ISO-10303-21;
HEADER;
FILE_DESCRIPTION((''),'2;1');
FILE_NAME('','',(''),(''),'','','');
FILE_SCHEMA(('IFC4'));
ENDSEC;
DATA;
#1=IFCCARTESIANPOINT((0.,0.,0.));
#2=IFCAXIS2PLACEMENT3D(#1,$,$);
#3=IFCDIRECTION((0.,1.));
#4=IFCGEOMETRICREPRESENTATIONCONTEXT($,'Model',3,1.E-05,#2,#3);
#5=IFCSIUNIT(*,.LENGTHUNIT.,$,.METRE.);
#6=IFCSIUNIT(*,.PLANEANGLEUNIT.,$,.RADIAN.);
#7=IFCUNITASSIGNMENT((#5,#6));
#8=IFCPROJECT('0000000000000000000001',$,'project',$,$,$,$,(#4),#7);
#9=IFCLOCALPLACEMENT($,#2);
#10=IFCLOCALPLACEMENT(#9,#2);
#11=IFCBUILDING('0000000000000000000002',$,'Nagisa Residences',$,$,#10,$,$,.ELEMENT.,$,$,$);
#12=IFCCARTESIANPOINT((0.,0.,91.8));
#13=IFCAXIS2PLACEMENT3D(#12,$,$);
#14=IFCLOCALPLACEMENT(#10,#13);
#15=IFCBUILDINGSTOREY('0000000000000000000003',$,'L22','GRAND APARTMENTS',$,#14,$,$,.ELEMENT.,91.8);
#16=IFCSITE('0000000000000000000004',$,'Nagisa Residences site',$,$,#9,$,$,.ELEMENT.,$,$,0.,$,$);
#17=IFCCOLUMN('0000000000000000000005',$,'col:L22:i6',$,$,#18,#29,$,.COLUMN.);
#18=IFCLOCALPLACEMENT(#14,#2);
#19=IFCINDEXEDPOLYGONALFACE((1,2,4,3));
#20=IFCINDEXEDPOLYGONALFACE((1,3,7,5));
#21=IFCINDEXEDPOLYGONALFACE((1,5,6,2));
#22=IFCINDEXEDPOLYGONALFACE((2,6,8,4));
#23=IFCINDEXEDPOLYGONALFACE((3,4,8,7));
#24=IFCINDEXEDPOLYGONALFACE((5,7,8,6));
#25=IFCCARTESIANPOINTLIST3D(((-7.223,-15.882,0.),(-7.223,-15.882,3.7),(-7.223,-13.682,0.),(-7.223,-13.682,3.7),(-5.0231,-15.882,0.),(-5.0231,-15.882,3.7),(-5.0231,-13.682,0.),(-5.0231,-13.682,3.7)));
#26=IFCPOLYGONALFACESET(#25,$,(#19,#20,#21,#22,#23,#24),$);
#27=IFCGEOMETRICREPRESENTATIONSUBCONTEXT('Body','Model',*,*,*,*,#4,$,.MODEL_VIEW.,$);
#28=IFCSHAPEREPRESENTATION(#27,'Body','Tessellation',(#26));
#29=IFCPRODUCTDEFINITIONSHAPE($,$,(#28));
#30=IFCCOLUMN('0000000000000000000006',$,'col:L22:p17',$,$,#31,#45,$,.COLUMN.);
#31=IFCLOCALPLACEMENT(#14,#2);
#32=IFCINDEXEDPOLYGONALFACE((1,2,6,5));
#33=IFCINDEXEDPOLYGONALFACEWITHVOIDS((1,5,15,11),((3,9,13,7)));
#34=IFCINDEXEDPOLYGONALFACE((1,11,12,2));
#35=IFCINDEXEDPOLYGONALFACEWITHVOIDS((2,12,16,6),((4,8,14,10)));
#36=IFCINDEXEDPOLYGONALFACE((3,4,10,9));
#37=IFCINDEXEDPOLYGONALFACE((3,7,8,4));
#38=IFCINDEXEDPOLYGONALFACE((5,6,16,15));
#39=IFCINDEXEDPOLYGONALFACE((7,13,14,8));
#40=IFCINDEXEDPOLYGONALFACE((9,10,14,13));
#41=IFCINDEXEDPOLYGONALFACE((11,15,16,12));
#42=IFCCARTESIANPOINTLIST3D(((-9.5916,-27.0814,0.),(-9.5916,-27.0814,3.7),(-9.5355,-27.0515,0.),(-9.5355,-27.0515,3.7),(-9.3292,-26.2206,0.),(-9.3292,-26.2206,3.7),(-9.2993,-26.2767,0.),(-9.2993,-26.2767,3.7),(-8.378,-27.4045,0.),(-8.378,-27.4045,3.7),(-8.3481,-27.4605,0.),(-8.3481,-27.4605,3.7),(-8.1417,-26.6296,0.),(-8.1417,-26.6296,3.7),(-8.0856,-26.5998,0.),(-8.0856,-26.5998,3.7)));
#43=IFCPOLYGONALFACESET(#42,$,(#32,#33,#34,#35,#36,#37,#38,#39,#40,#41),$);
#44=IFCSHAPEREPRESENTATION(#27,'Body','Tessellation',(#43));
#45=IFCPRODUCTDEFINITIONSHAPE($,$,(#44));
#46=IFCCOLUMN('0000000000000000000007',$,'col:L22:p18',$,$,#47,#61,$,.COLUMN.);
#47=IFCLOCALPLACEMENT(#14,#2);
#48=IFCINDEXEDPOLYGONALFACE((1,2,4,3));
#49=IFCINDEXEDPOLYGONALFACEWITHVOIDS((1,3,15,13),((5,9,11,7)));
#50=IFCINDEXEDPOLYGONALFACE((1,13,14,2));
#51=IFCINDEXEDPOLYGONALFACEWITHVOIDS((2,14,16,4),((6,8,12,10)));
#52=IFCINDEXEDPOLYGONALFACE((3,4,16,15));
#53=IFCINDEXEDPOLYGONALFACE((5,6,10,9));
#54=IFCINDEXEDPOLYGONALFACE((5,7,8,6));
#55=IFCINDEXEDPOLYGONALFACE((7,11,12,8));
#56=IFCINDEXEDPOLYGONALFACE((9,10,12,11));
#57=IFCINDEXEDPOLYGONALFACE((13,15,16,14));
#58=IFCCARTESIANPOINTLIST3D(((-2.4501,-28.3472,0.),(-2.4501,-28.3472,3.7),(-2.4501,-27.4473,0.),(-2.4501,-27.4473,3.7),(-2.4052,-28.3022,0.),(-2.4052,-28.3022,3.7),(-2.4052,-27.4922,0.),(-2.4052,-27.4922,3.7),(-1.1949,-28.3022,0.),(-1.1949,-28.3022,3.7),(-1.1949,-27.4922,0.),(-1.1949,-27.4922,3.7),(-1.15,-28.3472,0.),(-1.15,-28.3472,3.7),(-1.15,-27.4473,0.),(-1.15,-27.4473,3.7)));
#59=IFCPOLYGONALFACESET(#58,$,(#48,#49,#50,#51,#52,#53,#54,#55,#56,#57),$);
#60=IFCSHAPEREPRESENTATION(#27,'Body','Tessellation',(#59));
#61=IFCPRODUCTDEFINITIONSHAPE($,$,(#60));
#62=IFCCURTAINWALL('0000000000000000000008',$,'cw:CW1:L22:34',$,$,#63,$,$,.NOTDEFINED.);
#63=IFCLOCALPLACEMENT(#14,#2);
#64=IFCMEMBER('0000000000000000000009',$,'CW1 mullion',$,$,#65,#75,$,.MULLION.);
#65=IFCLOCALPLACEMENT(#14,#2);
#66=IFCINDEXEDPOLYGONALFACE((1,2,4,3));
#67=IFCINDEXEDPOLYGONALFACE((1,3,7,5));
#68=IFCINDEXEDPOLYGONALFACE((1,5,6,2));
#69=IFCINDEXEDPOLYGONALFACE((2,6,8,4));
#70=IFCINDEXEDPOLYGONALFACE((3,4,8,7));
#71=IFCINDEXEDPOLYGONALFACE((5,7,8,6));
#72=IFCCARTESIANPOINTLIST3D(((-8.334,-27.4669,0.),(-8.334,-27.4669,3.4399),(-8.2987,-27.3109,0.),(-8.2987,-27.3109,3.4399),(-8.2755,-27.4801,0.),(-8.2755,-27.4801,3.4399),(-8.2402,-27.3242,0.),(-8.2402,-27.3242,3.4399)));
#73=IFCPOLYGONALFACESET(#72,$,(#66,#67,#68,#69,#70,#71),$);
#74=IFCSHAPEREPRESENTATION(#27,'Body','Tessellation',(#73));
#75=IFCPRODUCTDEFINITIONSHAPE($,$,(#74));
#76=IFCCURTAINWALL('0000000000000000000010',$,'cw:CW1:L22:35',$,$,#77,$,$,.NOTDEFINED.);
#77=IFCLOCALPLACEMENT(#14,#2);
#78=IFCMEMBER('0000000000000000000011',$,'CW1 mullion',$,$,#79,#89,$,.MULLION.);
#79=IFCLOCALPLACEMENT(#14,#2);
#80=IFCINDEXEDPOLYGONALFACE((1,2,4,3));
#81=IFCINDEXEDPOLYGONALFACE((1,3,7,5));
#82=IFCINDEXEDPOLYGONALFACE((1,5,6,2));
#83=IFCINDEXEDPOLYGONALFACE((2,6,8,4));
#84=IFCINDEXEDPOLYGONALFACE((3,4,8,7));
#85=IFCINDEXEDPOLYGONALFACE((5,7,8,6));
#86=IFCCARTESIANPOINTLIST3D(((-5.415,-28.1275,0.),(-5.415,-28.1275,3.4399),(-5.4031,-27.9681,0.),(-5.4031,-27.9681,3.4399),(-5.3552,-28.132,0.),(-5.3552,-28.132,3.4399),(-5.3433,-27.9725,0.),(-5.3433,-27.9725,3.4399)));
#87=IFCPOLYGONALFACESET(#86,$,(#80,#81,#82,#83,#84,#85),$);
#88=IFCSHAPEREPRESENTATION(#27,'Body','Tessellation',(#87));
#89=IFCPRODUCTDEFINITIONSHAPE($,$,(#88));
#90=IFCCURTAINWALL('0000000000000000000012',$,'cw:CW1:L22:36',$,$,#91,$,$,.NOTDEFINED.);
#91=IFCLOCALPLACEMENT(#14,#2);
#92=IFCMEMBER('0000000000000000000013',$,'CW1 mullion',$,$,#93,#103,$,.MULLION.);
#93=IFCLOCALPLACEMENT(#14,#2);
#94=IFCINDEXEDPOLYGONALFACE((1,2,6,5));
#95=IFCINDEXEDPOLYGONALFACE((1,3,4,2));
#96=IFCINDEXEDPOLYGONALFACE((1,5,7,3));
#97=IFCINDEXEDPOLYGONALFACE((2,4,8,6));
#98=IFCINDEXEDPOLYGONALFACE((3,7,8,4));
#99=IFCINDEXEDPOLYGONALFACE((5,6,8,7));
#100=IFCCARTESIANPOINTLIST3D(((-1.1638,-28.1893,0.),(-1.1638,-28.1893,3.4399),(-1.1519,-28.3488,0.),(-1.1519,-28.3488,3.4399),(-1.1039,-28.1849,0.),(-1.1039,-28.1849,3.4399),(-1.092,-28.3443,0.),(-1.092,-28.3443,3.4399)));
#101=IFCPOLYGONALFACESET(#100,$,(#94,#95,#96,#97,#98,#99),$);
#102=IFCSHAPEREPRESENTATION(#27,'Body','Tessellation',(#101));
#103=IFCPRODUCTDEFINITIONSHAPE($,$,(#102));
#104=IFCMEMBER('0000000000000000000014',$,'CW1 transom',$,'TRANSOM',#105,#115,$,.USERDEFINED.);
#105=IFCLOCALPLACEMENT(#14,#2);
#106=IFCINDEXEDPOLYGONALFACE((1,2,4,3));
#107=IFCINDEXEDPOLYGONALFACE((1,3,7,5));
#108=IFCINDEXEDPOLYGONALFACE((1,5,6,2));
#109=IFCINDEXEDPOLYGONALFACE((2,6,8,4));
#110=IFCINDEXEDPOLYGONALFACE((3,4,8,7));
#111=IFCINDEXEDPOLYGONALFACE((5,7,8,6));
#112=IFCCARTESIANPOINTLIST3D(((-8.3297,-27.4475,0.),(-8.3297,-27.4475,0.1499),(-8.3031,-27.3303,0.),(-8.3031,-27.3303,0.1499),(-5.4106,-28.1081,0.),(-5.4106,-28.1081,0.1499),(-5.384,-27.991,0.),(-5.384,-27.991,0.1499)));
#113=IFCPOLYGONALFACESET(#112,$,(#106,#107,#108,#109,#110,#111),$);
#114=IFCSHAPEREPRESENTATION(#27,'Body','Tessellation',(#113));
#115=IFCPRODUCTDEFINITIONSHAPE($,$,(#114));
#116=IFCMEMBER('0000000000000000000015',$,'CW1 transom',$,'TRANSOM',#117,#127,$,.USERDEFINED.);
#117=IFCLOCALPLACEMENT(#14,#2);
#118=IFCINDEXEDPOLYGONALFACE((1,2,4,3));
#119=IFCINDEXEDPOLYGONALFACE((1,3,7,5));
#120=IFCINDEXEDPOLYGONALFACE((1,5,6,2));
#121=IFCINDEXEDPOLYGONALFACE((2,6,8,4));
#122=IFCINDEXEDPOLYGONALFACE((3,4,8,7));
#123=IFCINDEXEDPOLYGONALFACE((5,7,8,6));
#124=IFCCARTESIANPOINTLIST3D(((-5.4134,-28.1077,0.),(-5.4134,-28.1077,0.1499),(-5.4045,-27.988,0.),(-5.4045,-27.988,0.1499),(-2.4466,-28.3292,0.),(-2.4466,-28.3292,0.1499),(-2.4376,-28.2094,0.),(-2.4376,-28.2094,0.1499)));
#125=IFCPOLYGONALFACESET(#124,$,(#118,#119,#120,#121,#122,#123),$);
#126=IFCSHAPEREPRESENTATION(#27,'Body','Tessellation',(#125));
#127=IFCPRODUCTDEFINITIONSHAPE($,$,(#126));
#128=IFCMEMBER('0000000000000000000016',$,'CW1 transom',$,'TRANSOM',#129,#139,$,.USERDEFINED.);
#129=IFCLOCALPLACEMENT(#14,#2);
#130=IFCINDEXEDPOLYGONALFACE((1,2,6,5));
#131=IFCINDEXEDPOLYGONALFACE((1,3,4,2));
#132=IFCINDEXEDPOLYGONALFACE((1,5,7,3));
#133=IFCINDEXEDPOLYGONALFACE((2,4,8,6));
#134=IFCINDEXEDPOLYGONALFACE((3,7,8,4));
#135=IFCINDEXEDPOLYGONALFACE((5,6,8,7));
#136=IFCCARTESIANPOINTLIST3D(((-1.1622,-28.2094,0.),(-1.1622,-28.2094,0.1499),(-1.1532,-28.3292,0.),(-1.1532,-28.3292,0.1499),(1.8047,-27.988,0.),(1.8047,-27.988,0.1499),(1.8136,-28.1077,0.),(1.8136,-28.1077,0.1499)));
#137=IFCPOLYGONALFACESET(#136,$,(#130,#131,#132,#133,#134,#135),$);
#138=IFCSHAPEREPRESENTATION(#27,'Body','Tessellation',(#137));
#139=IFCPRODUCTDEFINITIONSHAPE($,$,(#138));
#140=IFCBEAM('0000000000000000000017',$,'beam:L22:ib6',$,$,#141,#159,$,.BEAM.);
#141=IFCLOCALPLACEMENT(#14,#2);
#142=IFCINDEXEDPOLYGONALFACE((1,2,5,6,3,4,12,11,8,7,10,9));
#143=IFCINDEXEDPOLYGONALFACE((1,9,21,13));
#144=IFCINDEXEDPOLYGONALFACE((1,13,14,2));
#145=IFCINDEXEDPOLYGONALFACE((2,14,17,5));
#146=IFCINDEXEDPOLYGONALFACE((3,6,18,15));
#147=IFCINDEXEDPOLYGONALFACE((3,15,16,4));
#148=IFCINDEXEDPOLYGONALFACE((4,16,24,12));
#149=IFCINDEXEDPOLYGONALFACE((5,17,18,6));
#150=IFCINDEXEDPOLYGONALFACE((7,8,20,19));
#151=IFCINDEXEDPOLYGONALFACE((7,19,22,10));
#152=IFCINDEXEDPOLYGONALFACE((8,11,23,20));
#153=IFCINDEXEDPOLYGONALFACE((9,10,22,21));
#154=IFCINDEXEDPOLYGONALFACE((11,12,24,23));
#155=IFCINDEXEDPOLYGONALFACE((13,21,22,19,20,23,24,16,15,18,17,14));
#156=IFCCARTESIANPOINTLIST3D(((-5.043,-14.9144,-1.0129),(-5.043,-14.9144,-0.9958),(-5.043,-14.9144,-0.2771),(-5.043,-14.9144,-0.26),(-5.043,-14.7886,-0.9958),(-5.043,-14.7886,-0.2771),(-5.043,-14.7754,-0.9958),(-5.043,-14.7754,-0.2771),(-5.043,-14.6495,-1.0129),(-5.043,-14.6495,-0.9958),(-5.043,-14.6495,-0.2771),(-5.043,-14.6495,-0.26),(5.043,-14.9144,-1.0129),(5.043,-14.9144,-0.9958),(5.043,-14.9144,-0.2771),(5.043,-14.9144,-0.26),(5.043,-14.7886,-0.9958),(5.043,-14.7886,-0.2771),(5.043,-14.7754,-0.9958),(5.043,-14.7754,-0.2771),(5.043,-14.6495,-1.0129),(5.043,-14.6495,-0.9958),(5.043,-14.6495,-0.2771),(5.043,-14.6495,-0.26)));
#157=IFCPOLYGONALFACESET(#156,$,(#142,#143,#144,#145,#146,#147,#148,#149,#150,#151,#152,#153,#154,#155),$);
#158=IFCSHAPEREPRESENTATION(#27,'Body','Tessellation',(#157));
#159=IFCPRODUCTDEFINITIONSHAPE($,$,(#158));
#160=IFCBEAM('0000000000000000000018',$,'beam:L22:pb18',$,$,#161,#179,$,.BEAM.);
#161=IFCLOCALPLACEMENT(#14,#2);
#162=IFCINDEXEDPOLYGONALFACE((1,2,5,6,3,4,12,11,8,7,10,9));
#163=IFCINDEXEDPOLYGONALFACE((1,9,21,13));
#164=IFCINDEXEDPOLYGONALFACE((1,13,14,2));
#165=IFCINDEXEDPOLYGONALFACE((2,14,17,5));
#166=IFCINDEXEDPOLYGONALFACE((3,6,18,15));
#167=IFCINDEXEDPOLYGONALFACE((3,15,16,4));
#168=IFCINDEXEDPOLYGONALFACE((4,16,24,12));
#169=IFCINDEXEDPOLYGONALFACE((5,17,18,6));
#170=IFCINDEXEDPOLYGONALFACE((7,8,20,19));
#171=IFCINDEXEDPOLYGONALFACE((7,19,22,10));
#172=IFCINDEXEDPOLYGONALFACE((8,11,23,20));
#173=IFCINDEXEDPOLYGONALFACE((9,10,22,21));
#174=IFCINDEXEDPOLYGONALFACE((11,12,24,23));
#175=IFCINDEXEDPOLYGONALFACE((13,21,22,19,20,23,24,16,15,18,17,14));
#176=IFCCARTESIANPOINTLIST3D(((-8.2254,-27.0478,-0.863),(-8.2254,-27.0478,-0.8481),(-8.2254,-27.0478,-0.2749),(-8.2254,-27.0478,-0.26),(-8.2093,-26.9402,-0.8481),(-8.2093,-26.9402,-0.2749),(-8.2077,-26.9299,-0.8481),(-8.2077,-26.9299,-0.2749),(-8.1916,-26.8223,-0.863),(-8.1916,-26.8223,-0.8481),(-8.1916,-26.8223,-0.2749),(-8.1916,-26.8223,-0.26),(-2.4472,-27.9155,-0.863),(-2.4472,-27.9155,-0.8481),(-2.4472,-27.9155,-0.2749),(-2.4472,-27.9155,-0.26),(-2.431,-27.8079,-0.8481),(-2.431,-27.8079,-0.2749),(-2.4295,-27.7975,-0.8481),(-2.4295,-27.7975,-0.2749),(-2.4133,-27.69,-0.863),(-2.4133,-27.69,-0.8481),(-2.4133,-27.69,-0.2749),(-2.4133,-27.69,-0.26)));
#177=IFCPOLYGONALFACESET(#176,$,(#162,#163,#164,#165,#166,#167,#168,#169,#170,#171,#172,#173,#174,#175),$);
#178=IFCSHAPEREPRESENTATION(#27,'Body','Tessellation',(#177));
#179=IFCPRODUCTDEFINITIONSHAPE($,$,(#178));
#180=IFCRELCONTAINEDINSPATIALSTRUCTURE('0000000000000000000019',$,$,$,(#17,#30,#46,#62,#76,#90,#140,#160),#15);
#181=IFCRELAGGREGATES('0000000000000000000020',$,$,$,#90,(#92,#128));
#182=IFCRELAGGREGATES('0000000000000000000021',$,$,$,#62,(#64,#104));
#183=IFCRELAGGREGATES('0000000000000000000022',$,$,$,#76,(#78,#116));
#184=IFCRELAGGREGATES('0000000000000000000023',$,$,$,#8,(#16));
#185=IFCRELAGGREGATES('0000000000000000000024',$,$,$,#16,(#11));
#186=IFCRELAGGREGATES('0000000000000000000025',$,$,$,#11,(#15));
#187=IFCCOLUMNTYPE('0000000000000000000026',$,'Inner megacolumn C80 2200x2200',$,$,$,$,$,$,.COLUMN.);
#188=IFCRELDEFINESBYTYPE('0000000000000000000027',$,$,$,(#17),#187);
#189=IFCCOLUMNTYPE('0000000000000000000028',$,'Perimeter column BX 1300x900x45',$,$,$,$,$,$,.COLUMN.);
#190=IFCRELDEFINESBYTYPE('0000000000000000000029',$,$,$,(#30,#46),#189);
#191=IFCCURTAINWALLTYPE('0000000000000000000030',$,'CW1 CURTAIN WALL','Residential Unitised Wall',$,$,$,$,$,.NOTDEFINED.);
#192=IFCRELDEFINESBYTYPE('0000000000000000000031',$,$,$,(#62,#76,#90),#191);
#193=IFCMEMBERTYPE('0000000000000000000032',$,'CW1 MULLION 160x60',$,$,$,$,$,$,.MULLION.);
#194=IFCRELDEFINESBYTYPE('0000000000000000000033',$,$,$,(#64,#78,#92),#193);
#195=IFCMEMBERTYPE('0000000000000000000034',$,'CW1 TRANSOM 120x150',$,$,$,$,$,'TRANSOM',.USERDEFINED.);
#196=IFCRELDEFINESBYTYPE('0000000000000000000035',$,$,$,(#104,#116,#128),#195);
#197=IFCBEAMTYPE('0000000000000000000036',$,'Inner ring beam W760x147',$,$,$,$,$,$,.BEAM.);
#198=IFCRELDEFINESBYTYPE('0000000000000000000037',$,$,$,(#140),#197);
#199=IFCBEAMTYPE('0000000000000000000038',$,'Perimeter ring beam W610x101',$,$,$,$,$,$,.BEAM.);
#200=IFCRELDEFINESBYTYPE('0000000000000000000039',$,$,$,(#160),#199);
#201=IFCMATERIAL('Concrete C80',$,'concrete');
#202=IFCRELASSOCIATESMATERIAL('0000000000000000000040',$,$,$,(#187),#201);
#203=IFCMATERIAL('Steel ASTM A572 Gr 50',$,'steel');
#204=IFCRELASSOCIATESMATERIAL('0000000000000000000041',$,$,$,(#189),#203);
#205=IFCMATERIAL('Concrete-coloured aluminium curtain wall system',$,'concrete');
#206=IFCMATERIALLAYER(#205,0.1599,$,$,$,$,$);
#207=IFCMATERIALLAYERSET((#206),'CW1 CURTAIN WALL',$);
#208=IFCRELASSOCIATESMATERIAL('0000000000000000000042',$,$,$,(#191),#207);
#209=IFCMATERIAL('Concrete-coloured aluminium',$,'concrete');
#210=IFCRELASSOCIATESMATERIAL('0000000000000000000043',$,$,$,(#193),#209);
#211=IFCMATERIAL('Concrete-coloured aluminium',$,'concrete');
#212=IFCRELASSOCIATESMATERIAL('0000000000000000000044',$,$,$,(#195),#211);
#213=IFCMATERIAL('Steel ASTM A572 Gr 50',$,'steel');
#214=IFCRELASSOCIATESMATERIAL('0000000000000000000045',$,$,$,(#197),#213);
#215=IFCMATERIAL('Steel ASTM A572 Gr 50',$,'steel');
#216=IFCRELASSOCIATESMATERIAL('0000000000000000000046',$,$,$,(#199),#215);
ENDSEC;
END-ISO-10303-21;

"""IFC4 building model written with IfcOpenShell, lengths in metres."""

from ifc_helpers import new_model, si_unit, direction, frame, origin, origin_2d, place, context, subcontext, project, spatial, rectangle, hollow_rectangle, i_section, extrude, material, layer, layer_set, material_profile, profile_set, type_object, element, aggregate, save


model = new_model("IFC4")

# Units and contexts
model_context = context("Model", 3, precision=1e-05, world=origin(), true_north=direction((0.0, 1.0)))
body_context = subcontext(model_context, "Body", "Model", "MODEL_VIEW")
ifc_project = project(units=[si_unit("LENGTHUNIT", "METRE"), si_unit("PLANEANGLEUNIT", "RADIAN")], contexts=[model_context])

# Site, building, storey
site_placement = place(None, origin())
site = spatial("IfcSite", under=ifc_project, at=site_placement, Name="Nagisa Residences site", CompositionType="ELEMENT", RefElevation=0.0)
building_placement = place(site_placement, origin())
building = spatial("IfcBuilding", under=site, at=building_placement, Name="Nagisa Residences", CompositionType="ELEMENT")
storey_placement = place(building_placement, frame((0.0, 0.0, 91.8)))
storey = spatial("IfcBuildingStorey", under=building, at=storey_placement, Name="L22", Description="GRAND APARTMENTS", CompositionType="ELEMENT", Elevation=91.8)

# Columns
ifc_material_1 = material(Name="Concrete C80", Category="concrete")
ifc_material_profile_1 = material_profile(ifc_material_1, rectangle(XDim=2.2, YDim=2.2, at=origin_2d()), Name="C80 2200x2200")
ifc_profile_set_1 = profile_set([ifc_material_profile_1], Name="Concrete C80")
column_type_1 = type_object("IfcColumnType", Name="Inner megacolumn C80 2200x2200", PredefinedType="COLUMN", material=ifc_profile_set_1)
column_placement = place(storey_placement, frame((-6.123, -14.782, 0.0), z_axis=(0.0, 0.0, 1.0), x_axis=(1.0, 0.0, 0.0)))
element("IfcColumn", 1, at=column_placement, inside=storey, type_object=column_type_1, Name="col:L22:i6", PredefinedType="COLUMN", context=body_context, shape_type="SweptSolid", body=[
    extrude(rectangle(XDim=2.2, YDim=2.2, at=origin_2d()), origin(), (0.0, 0.0, 1.0), 3.7),
])
ifc_material_2 = material(Name="Steel ASTM A572 Gr 50", Category="steel")
ifc_material_profile_2 = material_profile(ifc_material_2, hollow_rectangle(XDim=1.3, YDim=0.8999, WallThickness=0.0449, at=origin_2d()), Name="BX 1300x900x45")
ifc_profile_set_2 = profile_set([ifc_material_profile_2], Name="Steel ASTM A572 Gr 50")
column_type_2 = type_object("IfcColumnType", Name="Perimeter column BX 1300x900x45", PredefinedType="COLUMN", material=ifc_profile_set_2)
for number, where, z_axis, x_axis, name in (
    (2, (-8.8386, -26.8406, 0.0), (0.0, 0.0, 1.0), (0.956525, -0.291652, 0.0), "col:L22:p17"),
    (3, (-1.8, -27.8972, 0.0), (0.0, 0.0, 1.0), (1.0, 0.0, 0.0), "col:L22:p18"),
):
    element("IfcColumn", number, at=place(storey_placement, frame(where, z_axis=z_axis, x_axis=x_axis)), inside=storey, type_object=column_type_2, Name=name, PredefinedType="COLUMN", context=body_context, shape_type="SweptSolid", body=[
        extrude(hollow_rectangle(XDim=1.3, YDim=0.8999, WallThickness=0.0449, at=origin_2d()), origin(), (0.0, 0.0, 1.0), 3.7),
    ])

# Curtain walls, members
ifc_material_3 = material(Name="Concrete-coloured aluminium curtain wall system", Category="concrete")
ifc_layer_1 = layer(ifc_material_3, 0.1599)
ifc_layer_set_1 = layer_set([ifc_layer_1], Name="CW1 CURTAIN WALL")
curtain_wall_type = type_object("IfcCurtainWallType", Name="CW1 CURTAIN WALL", Description="Residential Unitised Wall", PredefinedType="NOTDEFINED", material=ifc_layer_set_1)
curtain_wall_1_placement = place(storey_placement, origin())
curtain_wall_1 = element("IfcCurtainWall", 4, at=curtain_wall_1_placement, inside=storey, type_object=curtain_wall_type, Name="cw:CW1:L22:34", PredefinedType="NOTDEFINED")
ifc_material_4 = material(Name="Concrete-coloured aluminium", Category="concrete")
ifc_material_profile_3 = material_profile(ifc_material_4, rectangle(XDim=0.1599, YDim=0.0601, at=origin_2d()), Name="CW1 MULLION 160x60")
ifc_profile_set_3 = profile_set([ifc_material_profile_3], Name="Concrete-coloured aluminium")
member_type_1 = type_object("IfcMemberType", Name="CW1 MULLION 160x60", PredefinedType="MULLION", material=ifc_profile_set_3)
member_1_placement = place(storey_placement, frame((-8.2871, -27.3955, 0.0), z_axis=(0.0, 0.0, 1.0), x_axis=(0.220764, 0.975327, 0.0)))
member_1 = element("IfcMember", 5, at=member_1_placement, type_object=member_type_1, Name="CW1 mullion", PredefinedType="MULLION", context=body_context, shape_type="SweptSolid", body=[
    extrude(rectangle(XDim=0.1599, YDim=0.0601, at=origin_2d()), origin(), (0.0, 0.0, 1.0), 3.4399),
])
curtain_wall_2_placement = place(storey_placement, origin())
curtain_wall_2 = element("IfcCurtainWall", 6, at=curtain_wall_2_placement, inside=storey, type_object=curtain_wall_type, Name="cw:CW1:L22:35", PredefinedType="NOTDEFINED")
member_2_placement = place(storey_placement, frame((-5.3792, -28.05, 0.0), z_axis=(0.0, 0.0, 1.0), x_axis=(0.074377, 0.99723, 0.0)))
member_2 = element("IfcMember", 7, at=member_2_placement, type_object=member_type_1, Name="CW1 mullion", PredefinedType="MULLION", context=body_context, shape_type="SweptSolid", body=[
    extrude(rectangle(XDim=0.1599, YDim=0.0601, at=origin_2d()), origin(), (0.0, 0.0, 1.0), 3.4399),
])
curtain_wall_3_placement = place(storey_placement, origin())
curtain_wall_3 = element("IfcCurtainWall", 8, at=curtain_wall_3_placement, inside=storey, type_object=curtain_wall_type, Name="cw:CW1:L22:36", PredefinedType="NOTDEFINED")
member_3_placement = place(storey_placement, frame((-1.1279, -28.2668, 0.0), z_axis=(0.0, 0.0, 1.0), x_axis=(-0.074377, 0.99723, 0.0)))
member_3 = element("IfcMember", 9, at=member_3_placement, type_object=member_type_1, Name="CW1 mullion", PredefinedType="MULLION", context=body_context, shape_type="SweptSolid", body=[
    extrude(rectangle(XDim=0.1599, YDim=0.0601, at=origin_2d()), origin(), (0.0, 0.0, 1.0), 3.4399),
])

# Members
ifc_material_5 = material(Name="Concrete-coloured aluminium", Category="concrete")
ifc_material_profile_4 = material_profile(ifc_material_5, rectangle(XDim=0.1201, YDim=0.1499, at=origin_2d()), Name="CW1 TRANSOM 120x150")
ifc_profile_set_4 = profile_set([ifc_material_profile_4], Name="Concrete-coloured aluminium")
member_type_2 = type_object("IfcMemberType", Name="CW1 TRANSOM 120x150", ElementType="TRANSOM", PredefinedType="USERDEFINED", material=ifc_profile_set_4)
member_4_placement = place(storey_placement, frame((-8.3164, -27.3889, 0.075), z_axis=(0.975335, -0.220729, 0.0), x_axis=(0.220729, 0.975335, 0.0)))
member_4 = element("IfcMember", 10, at=member_4_placement, type_object=member_type_2, Name="CW1 transom", ObjectType="TRANSOM", PredefinedType="USERDEFINED", context=body_context, shape_type="SweptSolid", body=[
    extrude(rectangle(XDim=0.1201, YDim=0.1499, at=origin_2d()), origin(), (0.0, 0.0, 1.0), 2.9929),
])
member_5_placement = place(storey_placement, frame((-5.4089, -28.0479, 0.075), z_axis=(0.997226, -0.074431, 0.0), x_axis=(0.074431, 0.997226, 0.0)))
member_5 = element("IfcMember", 11, at=member_5_placement, type_object=member_type_2, Name="CW1 transom", ObjectType="TRANSOM", PredefinedType="USERDEFINED", context=body_context, shape_type="SweptSolid", body=[
    extrude(rectangle(XDim=0.1201, YDim=0.1499, at=origin_2d()), origin(), (0.0, 0.0, 1.0), 2.9751),
])
member_6_placement = place(storey_placement, frame((-1.1577, -28.2693, 0.075), z_axis=(0.997226, 0.074431, 0.0), x_axis=(-0.074431, 0.997226, 0.0)))
member_6 = element("IfcMember", 12, at=member_6_placement, type_object=member_type_2, Name="CW1 transom", ObjectType="TRANSOM", PredefinedType="USERDEFINED", context=body_context, shape_type="SweptSolid", body=[
    extrude(rectangle(XDim=0.1201, YDim=0.1499, at=origin_2d()), origin(), (0.0, 0.0, 1.0), 2.9751),
])
aggregate(curtain_wall_3, [member_3, member_6])

# Beams
ifc_material_6 = material(Name="Steel ASTM A572 Gr 50", Category="steel")
ifc_material_profile_5 = material_profile(ifc_material_6, i_section(OverallWidth=0.2649, OverallDepth=0.7529, WebThickness=0.0132, FlangeThickness=0.0171, at=origin_2d()), Name="W760x147")
ifc_profile_set_5 = profile_set([ifc_material_profile_5], Name="Steel ASTM A572 Gr 50")
beam_type_1 = type_object("IfcBeamType", Name="Inner ring beam W760x147", PredefinedType="BEAM", material=ifc_profile_set_5)
beam_1_placement = place(storey_placement, frame((-5.043, -14.782, -0.6365), z_axis=(1.0, 0.0, 0.0), x_axis=(0.0, 1.0, 0.0)))
element("IfcBeam", 13, at=beam_1_placement, inside=storey, type_object=beam_type_1, Name="beam:L22:ib6", PredefinedType="BEAM", context=body_context, shape_type="SweptSolid", body=[
    extrude(i_section(OverallWidth=0.2649, OverallDepth=0.7529, WebThickness=0.0132, FlangeThickness=0.0171, at=origin_2d()), origin(), (0.0, 0.0, 1.0), 10.0859),
])
ifc_material_7 = material(Name="Steel ASTM A572 Gr 50", Category="steel")
ifc_material_profile_6 = material_profile(ifc_material_7, i_section(OverallWidth=0.228, OverallDepth=0.603, WebThickness=0.0105, FlangeThickness=0.0149, at=origin_2d()), Name="W610x101")
ifc_profile_set_6 = profile_set([ifc_material_profile_6], Name="Steel ASTM A572 Gr 50")
beam_type_2 = type_object("IfcBeamType", Name="Perimeter ring beam W610x101", PredefinedType="BEAM", material=ifc_profile_set_6)
for number, where, z_axis, x_axis, name in (
    (14, (-8.2085, -26.9351, -0.5615), (0.988913, -0.148496, 0.0), (0.148496, 0.988913, 0.0), "beam:L22:pb18"),
):
    element("IfcBeam", number, at=place(storey_placement, frame(where, z_axis=z_axis, x_axis=x_axis)), inside=storey, type_object=beam_type_2, Name=name, PredefinedType="BEAM", context=body_context, shape_type="SweptSolid", body=[
        extrude(i_section(OverallWidth=0.228, OverallDepth=0.603, WebThickness=0.0105, FlangeThickness=0.0149, at=origin_2d()), origin(), (0.0, 0.0, 1.0), 5.843),
    ])

aggregate(curtain_wall_1, [member_1, member_4])
aggregate(curtain_wall_2, [member_2, member_5])

save(model, "model.ifc")
